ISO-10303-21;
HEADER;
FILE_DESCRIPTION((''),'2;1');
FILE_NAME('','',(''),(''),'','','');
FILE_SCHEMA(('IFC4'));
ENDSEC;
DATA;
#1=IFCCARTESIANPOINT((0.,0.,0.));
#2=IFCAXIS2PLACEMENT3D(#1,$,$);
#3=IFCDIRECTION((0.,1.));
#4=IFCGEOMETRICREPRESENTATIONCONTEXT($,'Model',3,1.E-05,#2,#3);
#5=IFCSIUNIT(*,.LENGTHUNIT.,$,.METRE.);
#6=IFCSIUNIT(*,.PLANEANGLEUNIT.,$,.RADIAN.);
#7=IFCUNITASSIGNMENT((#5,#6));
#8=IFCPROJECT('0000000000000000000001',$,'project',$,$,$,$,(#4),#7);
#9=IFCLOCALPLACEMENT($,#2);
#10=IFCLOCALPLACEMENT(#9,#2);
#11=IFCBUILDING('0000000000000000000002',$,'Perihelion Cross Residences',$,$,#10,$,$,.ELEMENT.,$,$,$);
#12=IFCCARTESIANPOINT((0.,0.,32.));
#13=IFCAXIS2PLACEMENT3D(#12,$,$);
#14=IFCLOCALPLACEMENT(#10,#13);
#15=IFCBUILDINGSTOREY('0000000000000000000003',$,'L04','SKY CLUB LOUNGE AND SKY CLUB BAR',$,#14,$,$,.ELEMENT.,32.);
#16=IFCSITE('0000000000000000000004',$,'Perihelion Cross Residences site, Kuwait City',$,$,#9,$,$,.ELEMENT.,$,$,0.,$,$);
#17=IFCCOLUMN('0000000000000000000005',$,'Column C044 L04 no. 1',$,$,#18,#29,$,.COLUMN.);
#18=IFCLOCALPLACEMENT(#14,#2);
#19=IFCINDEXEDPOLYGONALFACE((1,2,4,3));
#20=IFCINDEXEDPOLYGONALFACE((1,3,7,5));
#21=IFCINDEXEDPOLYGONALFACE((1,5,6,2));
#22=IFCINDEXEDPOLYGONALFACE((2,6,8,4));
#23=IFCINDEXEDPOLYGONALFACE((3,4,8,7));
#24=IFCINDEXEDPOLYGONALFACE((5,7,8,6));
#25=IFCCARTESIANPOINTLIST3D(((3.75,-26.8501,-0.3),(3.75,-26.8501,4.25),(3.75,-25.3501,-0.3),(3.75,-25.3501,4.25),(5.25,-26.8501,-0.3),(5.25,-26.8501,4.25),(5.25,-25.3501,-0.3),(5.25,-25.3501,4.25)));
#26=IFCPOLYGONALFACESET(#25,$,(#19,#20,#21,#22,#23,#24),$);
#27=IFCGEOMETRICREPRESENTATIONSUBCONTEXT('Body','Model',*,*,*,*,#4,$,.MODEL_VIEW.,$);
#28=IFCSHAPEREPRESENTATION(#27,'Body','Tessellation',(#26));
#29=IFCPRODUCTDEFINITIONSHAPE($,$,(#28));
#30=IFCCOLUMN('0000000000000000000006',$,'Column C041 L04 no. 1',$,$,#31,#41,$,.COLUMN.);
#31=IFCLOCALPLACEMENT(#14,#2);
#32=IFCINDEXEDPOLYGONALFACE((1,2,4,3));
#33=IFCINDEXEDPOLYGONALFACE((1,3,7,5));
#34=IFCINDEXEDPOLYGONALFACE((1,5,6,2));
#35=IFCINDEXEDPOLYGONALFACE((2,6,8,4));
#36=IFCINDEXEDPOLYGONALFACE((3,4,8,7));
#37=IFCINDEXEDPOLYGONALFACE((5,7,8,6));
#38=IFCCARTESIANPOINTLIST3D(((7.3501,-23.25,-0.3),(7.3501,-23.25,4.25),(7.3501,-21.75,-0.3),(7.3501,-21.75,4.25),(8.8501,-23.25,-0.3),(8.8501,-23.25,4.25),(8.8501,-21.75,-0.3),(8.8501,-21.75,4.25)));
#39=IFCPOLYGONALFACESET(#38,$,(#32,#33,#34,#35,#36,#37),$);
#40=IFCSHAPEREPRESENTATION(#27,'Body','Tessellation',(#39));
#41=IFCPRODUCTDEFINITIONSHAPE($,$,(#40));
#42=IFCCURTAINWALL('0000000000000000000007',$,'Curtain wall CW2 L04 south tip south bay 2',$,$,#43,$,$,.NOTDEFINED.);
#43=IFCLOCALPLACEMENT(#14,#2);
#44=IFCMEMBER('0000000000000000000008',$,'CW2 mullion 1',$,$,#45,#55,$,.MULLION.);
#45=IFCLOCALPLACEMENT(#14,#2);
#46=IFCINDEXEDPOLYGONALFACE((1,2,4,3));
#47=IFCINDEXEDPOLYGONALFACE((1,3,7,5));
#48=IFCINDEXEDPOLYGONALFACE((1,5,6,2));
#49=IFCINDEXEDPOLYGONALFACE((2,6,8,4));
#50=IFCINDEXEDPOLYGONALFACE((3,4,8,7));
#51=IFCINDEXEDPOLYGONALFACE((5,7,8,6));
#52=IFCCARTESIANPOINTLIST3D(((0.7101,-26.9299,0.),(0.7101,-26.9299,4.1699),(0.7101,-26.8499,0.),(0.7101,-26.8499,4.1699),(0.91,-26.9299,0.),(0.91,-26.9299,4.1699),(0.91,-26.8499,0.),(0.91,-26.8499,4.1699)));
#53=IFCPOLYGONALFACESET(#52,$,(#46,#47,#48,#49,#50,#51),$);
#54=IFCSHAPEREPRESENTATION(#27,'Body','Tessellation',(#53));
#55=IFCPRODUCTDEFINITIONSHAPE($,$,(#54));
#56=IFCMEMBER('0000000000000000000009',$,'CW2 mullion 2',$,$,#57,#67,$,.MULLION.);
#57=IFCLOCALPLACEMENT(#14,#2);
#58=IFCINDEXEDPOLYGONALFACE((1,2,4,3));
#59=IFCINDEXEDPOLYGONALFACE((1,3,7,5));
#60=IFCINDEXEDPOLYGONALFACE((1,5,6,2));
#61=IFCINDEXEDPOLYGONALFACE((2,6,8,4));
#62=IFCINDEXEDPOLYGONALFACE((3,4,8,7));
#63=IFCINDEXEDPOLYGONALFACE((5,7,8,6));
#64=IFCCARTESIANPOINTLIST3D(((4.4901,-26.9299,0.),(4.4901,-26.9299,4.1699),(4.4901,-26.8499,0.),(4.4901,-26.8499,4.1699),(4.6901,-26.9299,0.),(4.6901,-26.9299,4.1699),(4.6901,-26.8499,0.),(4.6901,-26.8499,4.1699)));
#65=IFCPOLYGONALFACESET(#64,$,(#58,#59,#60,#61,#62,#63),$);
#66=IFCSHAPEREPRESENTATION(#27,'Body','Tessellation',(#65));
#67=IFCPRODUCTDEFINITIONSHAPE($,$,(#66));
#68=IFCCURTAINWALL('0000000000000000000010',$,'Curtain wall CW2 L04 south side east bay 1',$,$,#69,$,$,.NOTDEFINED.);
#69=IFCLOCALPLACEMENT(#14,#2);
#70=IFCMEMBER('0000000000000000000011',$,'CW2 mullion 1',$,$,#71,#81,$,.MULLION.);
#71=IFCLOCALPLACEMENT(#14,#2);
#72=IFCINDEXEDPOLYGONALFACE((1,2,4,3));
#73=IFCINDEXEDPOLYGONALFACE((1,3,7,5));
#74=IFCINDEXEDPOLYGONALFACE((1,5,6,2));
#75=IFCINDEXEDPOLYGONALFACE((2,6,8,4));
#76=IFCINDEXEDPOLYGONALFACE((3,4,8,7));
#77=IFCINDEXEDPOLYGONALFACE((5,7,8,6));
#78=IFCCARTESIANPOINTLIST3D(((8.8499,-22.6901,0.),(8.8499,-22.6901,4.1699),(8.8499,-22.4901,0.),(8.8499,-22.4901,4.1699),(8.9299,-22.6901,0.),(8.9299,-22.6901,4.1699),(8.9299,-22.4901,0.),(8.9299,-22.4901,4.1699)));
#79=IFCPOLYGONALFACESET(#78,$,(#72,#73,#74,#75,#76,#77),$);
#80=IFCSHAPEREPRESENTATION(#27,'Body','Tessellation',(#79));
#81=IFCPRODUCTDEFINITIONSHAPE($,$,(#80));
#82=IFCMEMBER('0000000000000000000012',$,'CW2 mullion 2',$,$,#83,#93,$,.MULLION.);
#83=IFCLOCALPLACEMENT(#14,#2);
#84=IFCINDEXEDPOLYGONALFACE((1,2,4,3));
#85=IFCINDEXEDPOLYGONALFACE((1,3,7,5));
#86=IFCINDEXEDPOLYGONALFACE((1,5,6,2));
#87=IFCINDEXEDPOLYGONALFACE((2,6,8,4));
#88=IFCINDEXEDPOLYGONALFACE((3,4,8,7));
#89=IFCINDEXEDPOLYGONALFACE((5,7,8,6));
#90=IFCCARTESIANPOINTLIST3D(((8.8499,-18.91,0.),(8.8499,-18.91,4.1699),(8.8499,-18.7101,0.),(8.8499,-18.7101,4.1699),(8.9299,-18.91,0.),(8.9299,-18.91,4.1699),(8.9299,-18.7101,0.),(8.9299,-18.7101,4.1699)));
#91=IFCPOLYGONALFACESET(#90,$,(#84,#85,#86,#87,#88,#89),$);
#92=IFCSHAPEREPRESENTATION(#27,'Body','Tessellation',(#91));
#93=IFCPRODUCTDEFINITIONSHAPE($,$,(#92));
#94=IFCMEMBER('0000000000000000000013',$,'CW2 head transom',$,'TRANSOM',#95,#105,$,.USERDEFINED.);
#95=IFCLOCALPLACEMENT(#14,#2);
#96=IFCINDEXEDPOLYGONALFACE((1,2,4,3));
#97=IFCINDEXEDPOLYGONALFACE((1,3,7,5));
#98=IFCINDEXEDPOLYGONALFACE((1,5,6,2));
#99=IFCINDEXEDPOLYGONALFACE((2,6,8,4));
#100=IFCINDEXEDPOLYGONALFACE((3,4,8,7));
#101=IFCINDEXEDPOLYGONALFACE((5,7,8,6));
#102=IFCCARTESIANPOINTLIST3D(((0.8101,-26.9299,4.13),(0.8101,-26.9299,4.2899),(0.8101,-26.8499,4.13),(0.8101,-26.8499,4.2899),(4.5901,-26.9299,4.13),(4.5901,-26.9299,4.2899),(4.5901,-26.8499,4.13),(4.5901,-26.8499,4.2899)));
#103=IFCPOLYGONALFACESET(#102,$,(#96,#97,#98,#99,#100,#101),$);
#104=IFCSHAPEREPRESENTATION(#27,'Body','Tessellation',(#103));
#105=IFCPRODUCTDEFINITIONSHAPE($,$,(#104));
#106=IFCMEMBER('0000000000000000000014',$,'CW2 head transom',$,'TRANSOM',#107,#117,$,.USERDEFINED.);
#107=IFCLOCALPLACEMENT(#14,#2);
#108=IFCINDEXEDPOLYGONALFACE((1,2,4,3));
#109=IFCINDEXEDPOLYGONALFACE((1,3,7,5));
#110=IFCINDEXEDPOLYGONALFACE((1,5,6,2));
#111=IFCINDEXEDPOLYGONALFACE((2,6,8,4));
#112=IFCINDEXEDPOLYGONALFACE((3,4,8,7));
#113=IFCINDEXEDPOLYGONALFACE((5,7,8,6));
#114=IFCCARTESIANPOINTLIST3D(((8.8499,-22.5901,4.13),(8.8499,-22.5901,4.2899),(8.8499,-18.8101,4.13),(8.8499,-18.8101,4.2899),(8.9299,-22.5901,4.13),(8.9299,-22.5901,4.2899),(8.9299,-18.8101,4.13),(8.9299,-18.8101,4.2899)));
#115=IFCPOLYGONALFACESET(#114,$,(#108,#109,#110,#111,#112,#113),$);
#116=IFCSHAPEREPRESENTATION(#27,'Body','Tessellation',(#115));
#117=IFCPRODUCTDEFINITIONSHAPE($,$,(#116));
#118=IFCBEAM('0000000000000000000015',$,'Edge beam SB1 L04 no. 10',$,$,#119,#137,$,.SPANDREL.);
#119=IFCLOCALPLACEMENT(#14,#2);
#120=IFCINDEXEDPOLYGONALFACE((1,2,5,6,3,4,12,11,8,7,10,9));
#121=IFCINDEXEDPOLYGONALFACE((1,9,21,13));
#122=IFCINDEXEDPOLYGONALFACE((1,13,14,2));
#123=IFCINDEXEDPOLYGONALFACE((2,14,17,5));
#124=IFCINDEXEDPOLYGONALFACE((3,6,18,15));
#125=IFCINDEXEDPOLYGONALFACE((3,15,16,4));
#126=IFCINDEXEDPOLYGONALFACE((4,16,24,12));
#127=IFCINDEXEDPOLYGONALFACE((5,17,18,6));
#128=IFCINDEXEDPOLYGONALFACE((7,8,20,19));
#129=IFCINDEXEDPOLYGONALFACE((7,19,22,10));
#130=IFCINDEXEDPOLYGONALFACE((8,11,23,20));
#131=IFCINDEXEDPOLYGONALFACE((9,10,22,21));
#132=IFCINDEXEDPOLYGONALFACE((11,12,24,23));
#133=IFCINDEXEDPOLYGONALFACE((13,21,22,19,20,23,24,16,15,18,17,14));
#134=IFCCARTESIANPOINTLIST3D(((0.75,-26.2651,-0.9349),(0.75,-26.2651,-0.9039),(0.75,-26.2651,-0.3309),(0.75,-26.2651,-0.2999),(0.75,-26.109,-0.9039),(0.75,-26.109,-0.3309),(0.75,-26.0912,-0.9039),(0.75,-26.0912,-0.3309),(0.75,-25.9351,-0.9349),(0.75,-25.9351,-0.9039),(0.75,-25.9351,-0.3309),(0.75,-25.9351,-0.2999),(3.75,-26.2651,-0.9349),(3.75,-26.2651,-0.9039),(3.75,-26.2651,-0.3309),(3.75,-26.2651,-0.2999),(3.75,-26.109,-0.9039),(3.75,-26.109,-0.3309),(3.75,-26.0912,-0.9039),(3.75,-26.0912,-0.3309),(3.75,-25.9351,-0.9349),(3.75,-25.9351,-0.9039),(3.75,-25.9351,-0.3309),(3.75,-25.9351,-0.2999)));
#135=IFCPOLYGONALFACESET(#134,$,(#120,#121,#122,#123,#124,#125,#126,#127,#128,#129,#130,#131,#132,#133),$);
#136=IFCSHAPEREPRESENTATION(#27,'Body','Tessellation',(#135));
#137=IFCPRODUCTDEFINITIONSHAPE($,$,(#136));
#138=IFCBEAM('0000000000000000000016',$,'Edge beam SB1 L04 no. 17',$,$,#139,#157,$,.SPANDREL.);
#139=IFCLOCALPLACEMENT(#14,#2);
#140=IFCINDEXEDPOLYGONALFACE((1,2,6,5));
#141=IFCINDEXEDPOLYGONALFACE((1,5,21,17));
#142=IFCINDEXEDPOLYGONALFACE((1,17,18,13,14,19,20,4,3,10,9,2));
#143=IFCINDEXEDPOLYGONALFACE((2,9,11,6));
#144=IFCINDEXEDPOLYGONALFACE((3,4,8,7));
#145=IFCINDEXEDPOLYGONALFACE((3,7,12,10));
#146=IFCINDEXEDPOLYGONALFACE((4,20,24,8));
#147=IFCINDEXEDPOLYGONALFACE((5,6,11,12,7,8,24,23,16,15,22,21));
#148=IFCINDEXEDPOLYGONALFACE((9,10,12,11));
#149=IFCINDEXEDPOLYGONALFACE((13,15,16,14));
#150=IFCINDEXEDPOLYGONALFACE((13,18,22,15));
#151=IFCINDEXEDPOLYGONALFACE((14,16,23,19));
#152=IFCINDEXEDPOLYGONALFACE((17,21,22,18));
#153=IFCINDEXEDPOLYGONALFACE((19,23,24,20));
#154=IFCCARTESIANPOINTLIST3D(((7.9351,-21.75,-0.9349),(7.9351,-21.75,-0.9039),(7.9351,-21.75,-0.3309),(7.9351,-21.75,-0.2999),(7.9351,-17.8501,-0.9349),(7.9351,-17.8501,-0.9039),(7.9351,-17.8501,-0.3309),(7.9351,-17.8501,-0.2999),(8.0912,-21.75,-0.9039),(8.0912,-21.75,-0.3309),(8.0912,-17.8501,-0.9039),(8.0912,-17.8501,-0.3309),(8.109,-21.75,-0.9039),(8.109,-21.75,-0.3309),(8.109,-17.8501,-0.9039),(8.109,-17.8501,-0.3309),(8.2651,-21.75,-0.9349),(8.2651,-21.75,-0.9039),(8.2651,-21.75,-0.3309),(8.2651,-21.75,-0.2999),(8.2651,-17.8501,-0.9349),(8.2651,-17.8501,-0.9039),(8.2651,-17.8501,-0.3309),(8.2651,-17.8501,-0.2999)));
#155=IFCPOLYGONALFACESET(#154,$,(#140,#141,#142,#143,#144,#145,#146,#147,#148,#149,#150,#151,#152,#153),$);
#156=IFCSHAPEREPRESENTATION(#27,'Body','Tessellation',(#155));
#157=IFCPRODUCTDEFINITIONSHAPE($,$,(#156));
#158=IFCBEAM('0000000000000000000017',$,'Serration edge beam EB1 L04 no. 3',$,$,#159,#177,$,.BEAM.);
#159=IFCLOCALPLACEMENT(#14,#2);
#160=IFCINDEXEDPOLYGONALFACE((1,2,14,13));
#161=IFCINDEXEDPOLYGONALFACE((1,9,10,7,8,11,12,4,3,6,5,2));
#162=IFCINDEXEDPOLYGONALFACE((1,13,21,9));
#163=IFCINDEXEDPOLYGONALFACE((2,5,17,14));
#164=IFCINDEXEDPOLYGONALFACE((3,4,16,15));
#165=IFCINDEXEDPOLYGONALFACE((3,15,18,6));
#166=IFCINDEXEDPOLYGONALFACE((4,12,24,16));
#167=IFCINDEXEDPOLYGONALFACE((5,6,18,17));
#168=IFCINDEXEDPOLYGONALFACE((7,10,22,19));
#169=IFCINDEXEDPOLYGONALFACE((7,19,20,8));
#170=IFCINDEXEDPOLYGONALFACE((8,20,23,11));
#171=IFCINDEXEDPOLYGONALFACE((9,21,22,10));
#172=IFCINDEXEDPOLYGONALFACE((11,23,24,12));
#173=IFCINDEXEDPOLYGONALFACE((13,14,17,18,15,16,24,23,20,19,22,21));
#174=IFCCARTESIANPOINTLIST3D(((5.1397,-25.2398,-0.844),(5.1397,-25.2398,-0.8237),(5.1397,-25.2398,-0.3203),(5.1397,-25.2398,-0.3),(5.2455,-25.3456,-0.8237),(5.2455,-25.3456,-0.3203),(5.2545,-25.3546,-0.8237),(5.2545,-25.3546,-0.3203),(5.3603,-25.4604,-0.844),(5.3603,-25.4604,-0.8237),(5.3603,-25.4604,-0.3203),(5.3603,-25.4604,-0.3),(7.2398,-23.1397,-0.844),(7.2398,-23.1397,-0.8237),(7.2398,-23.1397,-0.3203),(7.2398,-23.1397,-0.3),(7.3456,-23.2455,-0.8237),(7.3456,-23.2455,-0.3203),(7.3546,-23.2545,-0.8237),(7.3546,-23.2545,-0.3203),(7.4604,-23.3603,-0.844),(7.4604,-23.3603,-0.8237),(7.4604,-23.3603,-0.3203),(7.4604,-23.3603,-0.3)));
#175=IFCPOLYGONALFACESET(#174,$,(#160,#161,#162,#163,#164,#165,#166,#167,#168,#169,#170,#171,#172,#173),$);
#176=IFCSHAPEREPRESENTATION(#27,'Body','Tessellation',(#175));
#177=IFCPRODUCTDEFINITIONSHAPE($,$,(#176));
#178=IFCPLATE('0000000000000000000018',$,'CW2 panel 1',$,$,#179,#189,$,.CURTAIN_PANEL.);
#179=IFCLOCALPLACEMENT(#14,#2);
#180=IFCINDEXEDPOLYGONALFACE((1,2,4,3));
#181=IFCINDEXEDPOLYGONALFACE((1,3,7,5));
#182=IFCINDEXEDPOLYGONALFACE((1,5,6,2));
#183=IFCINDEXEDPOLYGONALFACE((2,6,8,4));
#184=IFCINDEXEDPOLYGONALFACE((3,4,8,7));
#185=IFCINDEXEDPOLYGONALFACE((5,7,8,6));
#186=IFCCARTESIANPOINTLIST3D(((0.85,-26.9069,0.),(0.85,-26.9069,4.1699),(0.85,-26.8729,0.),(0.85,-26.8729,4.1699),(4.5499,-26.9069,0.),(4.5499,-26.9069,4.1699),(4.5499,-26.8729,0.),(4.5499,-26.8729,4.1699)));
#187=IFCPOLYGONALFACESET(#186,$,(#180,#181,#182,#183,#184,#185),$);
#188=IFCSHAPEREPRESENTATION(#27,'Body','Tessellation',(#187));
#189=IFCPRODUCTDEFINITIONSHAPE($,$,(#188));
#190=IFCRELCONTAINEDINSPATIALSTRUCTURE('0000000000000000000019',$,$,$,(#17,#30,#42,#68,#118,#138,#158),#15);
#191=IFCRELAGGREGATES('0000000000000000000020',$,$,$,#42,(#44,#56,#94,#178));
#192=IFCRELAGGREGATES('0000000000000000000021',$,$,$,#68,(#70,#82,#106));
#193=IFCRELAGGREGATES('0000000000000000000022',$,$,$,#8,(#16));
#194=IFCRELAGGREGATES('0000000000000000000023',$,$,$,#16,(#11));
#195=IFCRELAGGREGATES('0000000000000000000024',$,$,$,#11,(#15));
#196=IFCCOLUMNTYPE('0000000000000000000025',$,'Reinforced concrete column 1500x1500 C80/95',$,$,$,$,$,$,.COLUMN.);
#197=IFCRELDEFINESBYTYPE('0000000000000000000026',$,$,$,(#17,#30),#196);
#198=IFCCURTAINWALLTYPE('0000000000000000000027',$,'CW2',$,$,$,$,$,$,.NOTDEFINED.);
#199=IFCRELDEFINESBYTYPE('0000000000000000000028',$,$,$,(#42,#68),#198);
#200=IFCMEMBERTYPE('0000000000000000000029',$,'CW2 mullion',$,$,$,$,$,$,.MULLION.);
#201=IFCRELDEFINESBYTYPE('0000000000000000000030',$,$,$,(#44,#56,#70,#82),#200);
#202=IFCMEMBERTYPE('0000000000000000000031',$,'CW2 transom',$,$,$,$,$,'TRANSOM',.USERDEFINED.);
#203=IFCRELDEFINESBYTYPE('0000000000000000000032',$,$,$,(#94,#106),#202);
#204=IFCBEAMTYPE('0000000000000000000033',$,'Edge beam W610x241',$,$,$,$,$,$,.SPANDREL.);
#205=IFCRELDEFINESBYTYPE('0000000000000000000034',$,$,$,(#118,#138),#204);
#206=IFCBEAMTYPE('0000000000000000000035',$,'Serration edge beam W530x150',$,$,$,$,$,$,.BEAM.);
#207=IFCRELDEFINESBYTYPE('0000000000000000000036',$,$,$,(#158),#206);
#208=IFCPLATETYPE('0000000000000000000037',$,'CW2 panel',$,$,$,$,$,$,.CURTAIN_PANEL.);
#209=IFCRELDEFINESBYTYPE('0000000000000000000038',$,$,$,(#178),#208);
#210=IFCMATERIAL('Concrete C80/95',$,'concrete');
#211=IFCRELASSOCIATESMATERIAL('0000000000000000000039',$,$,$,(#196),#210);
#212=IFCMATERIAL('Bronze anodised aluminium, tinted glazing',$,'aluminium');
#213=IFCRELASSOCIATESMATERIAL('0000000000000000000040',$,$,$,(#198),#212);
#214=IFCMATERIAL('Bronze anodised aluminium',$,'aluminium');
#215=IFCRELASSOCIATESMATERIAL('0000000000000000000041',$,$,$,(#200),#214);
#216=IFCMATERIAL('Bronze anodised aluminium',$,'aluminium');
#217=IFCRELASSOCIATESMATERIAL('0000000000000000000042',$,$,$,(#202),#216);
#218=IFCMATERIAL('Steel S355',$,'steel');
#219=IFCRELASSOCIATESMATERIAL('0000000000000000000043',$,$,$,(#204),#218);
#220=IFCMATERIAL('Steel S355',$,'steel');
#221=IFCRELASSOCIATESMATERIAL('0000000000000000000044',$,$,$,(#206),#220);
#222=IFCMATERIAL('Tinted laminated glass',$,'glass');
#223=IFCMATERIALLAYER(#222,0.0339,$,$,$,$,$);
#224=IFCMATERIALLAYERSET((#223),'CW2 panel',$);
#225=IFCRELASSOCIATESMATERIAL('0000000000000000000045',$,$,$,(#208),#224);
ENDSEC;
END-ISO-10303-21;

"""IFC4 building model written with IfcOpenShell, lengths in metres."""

from ifc_helpers import new_model, si_unit, direction, frame, origin, origin_2d, place, context, subcontext, project, spatial, rectangle, i_section, extrude, material, layer, layer_set, material_profile, profile_set, type_object, element, aggregate, save


model = new_model("IFC4")

# Units and contexts
model_context = context("Model", 3, precision=1e-05, world=origin(), true_north=direction((0.0, 1.0)))
body_context = subcontext(model_context, "Body", "Model", "MODEL_VIEW")
ifc_project = project(units=[si_unit("LENGTHUNIT", "METRE"), si_unit("PLANEANGLEUNIT", "RADIAN")], contexts=[model_context])

# Site, building, storey
site_placement = place(None, origin())
site = spatial("IfcSite", under=ifc_project, at=site_placement, Name="Perihelion Cross Residences site, Kuwait City", CompositionType="ELEMENT", RefElevation=0.0)
building_placement = place(site_placement, origin())
building = spatial("IfcBuilding", under=site, at=building_placement, Name="Perihelion Cross Residences", CompositionType="ELEMENT")
storey_placement = place(building_placement, frame((0.0, 0.0, 32.0)))
storey = spatial("IfcBuildingStorey", under=building, at=storey_placement, Name="L04", Description="SKY CLUB LOUNGE AND SKY CLUB BAR", CompositionType="ELEMENT", Elevation=32.0)

# Columns
ifc_material_1 = material(Name="Concrete C80/95", Category="concrete")
ifc_material_profile_1 = material_profile(ifc_material_1, rectangle(XDim=1.5, YDim=1.5, at=origin_2d()), Name="RC 1500x1500")
ifc_profile_set_1 = profile_set([ifc_material_profile_1], Name="Concrete C80/95")
column_type = type_object("IfcColumnType", Name="Reinforced concrete column 1500x1500 C80/95", PredefinedType="COLUMN", material=ifc_profile_set_1)
for number, where, z_axis, x_axis, name in (
    (1, (4.5, -26.1001, -0.3), (0.0, 0.0, 1.0), (1.0, 0.0, 0.0), "Column C044 L04 no. 1"),
    (2, (8.1001, -22.5, -0.3), (0.0, 0.0, 1.0), (1.0, 0.0, 0.0), "Column C041 L04 no. 1"),
):
    element("IfcColumn", number, at=place(storey_placement, frame(where, z_axis=z_axis, x_axis=x_axis)), inside=storey, type_object=column_type, Name=name, PredefinedType="COLUMN", context=body_context, shape_type="SweptSolid", body=[
        extrude(rectangle(XDim=1.5, YDim=1.5, at=origin_2d()), origin(), (0.0, 0.0, 1.0), 4.55),
    ])

# Curtain walls, members
ifc_material_2 = material(Name="Bronze anodised aluminium, tinted glazing", Category="aluminium")
curtain_wall_type = type_object("IfcCurtainWallType", Name="CW2", PredefinedType="NOTDEFINED", material=ifc_material_2)
curtain_wall_1_placement = place(storey_placement, origin())
curtain_wall_1 = element("IfcCurtainWall", 3, at=curtain_wall_1_placement, inside=storey, type_object=curtain_wall_type, Name="Curtain wall CW2 L04 south tip south bay 2", PredefinedType="NOTDEFINED")
ifc_material_3 = material(Name="Bronze anodised aluminium", Category="aluminium")
ifc_material_profile_2 = material_profile(ifc_material_3, rectangle(XDim=0.0801, YDim=0.2, at=origin_2d()), Name="CW2 mullion")
ifc_profile_set_2 = profile_set([ifc_material_profile_2], Name="Bronze anodised aluminium")
member_type_1 = type_object("IfcMemberType", Name="CW2 mullion", PredefinedType="MULLION", material=ifc_profile_set_2)
member_1_placement = place(storey_placement, frame((0.8101, -26.8899, 0.0), z_axis=(0.0, 0.0, 1.0), x_axis=(0.0, 1.0, 0.0)))
member_1 = element("IfcMember", 4, at=member_1_placement, type_object=member_type_1, Name="CW2 mullion 1", PredefinedType="MULLION", context=body_context, shape_type="SweptSolid", body=[
    extrude(rectangle(XDim=0.0801, YDim=0.2, at=origin_2d()), origin(), (0.0, 0.0, 1.0), 4.1699),
])
member_2_placement = place(storey_placement, frame((4.5901, -26.8899, 0.0), z_axis=(0.0, 0.0, 1.0), x_axis=(0.0, 1.0, 0.0)))
member_2 = element("IfcMember", 5, at=member_2_placement, type_object=member_type_1, Name="CW2 mullion 2", PredefinedType="MULLION", context=body_context, shape_type="SweptSolid", body=[
    extrude(rectangle(XDim=0.0801, YDim=0.2, at=origin_2d()), origin(), (0.0, 0.0, 1.0), 4.1699),
])
curtain_wall_2_placement = place(storey_placement, origin())
curtain_wall_2 = element("IfcCurtainWall", 6, at=curtain_wall_2_placement, inside=storey, type_object=curtain_wall_type, Name="Curtain wall CW2 L04 south side east bay 1", PredefinedType="NOTDEFINED")
member_3_placement = place(storey_placement, frame((8.8899, -22.5901, 0.0), z_axis=(0.0, 0.0, 1.0), x_axis=(-1.0, 0.0, 0.0)))
member_3 = element("IfcMember", 7, at=member_3_placement, type_object=member_type_1, Name="CW2 mullion 1", PredefinedType="MULLION", context=body_context, shape_type="SweptSolid", body=[
    extrude(rectangle(XDim=0.0801, YDim=0.2, at=origin_2d()), origin(), (0.0, 0.0, 1.0), 4.1699),
])
member_4_placement = place(storey_placement, frame((8.8899, -18.8101, 0.0), z_axis=(0.0, 0.0, 1.0), x_axis=(-1.0, 0.0, 0.0)))
member_4 = element("IfcMember", 8, at=member_4_placement, type_object=member_type_1, Name="CW2 mullion 2", PredefinedType="MULLION", context=body_context, shape_type="SweptSolid", body=[
    extrude(rectangle(XDim=0.0801, YDim=0.2, at=origin_2d()), origin(), (0.0, 0.0, 1.0), 4.1699),
])

# Members
ifc_material_4 = material(Name="Bronze anodised aluminium", Category="aluminium")
ifc_material_profile_3 = material_profile(ifc_material_4, rectangle(XDim=0.0801, YDim=0.1599, at=origin_2d()), Name="CW2 transom")
ifc_profile_set_3 = profile_set([ifc_material_profile_3], Name="Bronze anodised aluminium")
member_type_2 = type_object("IfcMemberType", Name="CW2 transom", ElementType="TRANSOM", PredefinedType="USERDEFINED", material=ifc_profile_set_3)
member_5_placement = place(storey_placement, frame((0.8101, -26.8899, 4.21), z_axis=(1.0, 0.0, 0.0), x_axis=(0.0, 1.0, 0.0)))
member_5 = element("IfcMember", 9, at=member_5_placement, type_object=member_type_2, Name="CW2 head transom", ObjectType="TRANSOM", PredefinedType="USERDEFINED", context=body_context, shape_type="SweptSolid", body=[
    extrude(rectangle(XDim=0.0801, YDim=0.1599, at=origin_2d()), origin(), (0.0, 0.0, 1.0), 3.78),
])
member_6_placement = place(storey_placement, frame((8.8899, -22.5901, 4.21), z_axis=(0.0, 1.0, 0.0), x_axis=(-1.0, 0.0, 0.0)))
member_6 = element("IfcMember", 10, at=member_6_placement, type_object=member_type_2, Name="CW2 head transom", ObjectType="TRANSOM", PredefinedType="USERDEFINED", context=body_context, shape_type="SweptSolid", body=[
    extrude(rectangle(XDim=0.0801, YDim=0.1599, at=origin_2d()), origin(), (0.0, 0.0, 1.0), 3.78),
])

# Beams
ifc_material_5 = material(Name="Steel S355", Category="steel")
ifc_material_profile_4 = material_profile(ifc_material_5, i_section(OverallWidth=0.3301, OverallDepth=0.635, WebThickness=0.0178, FlangeThickness=0.031, at=origin_2d()), Name="W610x241")
ifc_profile_set_4 = profile_set([ifc_material_profile_4], Name="Steel S355")
beam_type_1 = type_object("IfcBeamType", Name="Edge beam W610x241", PredefinedType="SPANDREL", material=ifc_profile_set_4)
beam_1_placement = place(storey_placement, frame((0.75, -26.1001, -0.6174), z_axis=(1.0, 0.0, 0.0), x_axis=(0.0, 1.0, 0.0)))
element("IfcBeam", 11, at=beam_1_placement, inside=storey, type_object=beam_type_1, Name="Edge beam SB1 L04 no. 10", PredefinedType="SPANDREL", context=body_context, shape_type="SweptSolid", body=[
    extrude(i_section(OverallWidth=0.3301, OverallDepth=0.635, WebThickness=0.0178, FlangeThickness=0.031, at=origin_2d()), origin(), (0.0, 0.0, 1.0), 3.0),
])
beam_2_placement = place(storey_placement, frame((8.1001, -21.75, -0.6174), z_axis=(0.0, 1.0, 0.0), x_axis=(-1.0, 0.0, 0.0)))
element("IfcBeam", 12, at=beam_2_placement, inside=storey, type_object=beam_type_1, Name="Edge beam SB1 L04 no. 17", PredefinedType="SPANDREL", context=body_context, shape_type="SweptSolid", body=[
    extrude(i_section(OverallWidth=0.3301, OverallDepth=0.635, WebThickness=0.0178, FlangeThickness=0.031, at=origin_2d()), origin(), (0.0, 0.0, 1.0), 3.8999),
])
ifc_material_6 = material(Name="Steel S355", Category="steel")
ifc_material_profile_5 = material_profile(ifc_material_6, i_section(OverallWidth=0.312, OverallDepth=0.5439, WebThickness=0.0127, FlangeThickness=0.0203, at=origin_2d()), Name="W530x150")
ifc_profile_set_5 = profile_set([ifc_material_profile_5], Name="Steel S355")
beam_type_2 = type_object("IfcBeamType", Name="Serration edge beam W530x150", PredefinedType="BEAM", material=ifc_profile_set_5)
beam_3_placement = place(storey_placement, frame((5.25, -25.3501, -0.572), z_axis=(0.707107, 0.707107, 0.0), x_axis=(-0.707107, 0.707107, 0.0)))
element("IfcBeam", 13, at=beam_3_placement, inside=storey, type_object=beam_type_2, Name="Serration edge beam EB1 L04 no. 3", PredefinedType="BEAM", context=body_context, shape_type="SweptSolid", body=[
    extrude(i_section(OverallWidth=0.312, OverallDepth=0.5439, WebThickness=0.0127, FlangeThickness=0.0203, at=origin_2d()), origin(), (0.0, 0.0, 1.0), 2.97),
])

# Plate
ifc_material_7 = material(Name="Tinted laminated glass", Category="glass")
ifc_layer_1 = layer(ifc_material_7, 0.0339)
ifc_layer_set_1 = layer_set([ifc_layer_1], Name="CW2 panel")
plate_type = type_object("IfcPlateType", Name="CW2 panel", PredefinedType="CURTAIN_PANEL", material=ifc_layer_set_1)
plate_1_placement = place(storey_placement, frame((2.7, -26.8899, 0.0), z_axis=(0.0, 0.0, 1.0), x_axis=(1.0, 0.0, 0.0)))
plate_1 = element("IfcPlate", 14, at=plate_1_placement, type_object=plate_type, Name="CW2 panel 1", PredefinedType="CURTAIN_PANEL", context=body_context, shape_type="SweptSolid", body=[
    extrude(rectangle(XDim=3.7, YDim=0.0339, at=origin_2d()), origin(), (0.0, 0.0, 1.0), 4.1699),
])
aggregate(curtain_wall_1, [member_1, member_2, member_5, plate_1])
aggregate(curtain_wall_2, [member_3, member_4, member_6])

save(model, "model.ifc")
